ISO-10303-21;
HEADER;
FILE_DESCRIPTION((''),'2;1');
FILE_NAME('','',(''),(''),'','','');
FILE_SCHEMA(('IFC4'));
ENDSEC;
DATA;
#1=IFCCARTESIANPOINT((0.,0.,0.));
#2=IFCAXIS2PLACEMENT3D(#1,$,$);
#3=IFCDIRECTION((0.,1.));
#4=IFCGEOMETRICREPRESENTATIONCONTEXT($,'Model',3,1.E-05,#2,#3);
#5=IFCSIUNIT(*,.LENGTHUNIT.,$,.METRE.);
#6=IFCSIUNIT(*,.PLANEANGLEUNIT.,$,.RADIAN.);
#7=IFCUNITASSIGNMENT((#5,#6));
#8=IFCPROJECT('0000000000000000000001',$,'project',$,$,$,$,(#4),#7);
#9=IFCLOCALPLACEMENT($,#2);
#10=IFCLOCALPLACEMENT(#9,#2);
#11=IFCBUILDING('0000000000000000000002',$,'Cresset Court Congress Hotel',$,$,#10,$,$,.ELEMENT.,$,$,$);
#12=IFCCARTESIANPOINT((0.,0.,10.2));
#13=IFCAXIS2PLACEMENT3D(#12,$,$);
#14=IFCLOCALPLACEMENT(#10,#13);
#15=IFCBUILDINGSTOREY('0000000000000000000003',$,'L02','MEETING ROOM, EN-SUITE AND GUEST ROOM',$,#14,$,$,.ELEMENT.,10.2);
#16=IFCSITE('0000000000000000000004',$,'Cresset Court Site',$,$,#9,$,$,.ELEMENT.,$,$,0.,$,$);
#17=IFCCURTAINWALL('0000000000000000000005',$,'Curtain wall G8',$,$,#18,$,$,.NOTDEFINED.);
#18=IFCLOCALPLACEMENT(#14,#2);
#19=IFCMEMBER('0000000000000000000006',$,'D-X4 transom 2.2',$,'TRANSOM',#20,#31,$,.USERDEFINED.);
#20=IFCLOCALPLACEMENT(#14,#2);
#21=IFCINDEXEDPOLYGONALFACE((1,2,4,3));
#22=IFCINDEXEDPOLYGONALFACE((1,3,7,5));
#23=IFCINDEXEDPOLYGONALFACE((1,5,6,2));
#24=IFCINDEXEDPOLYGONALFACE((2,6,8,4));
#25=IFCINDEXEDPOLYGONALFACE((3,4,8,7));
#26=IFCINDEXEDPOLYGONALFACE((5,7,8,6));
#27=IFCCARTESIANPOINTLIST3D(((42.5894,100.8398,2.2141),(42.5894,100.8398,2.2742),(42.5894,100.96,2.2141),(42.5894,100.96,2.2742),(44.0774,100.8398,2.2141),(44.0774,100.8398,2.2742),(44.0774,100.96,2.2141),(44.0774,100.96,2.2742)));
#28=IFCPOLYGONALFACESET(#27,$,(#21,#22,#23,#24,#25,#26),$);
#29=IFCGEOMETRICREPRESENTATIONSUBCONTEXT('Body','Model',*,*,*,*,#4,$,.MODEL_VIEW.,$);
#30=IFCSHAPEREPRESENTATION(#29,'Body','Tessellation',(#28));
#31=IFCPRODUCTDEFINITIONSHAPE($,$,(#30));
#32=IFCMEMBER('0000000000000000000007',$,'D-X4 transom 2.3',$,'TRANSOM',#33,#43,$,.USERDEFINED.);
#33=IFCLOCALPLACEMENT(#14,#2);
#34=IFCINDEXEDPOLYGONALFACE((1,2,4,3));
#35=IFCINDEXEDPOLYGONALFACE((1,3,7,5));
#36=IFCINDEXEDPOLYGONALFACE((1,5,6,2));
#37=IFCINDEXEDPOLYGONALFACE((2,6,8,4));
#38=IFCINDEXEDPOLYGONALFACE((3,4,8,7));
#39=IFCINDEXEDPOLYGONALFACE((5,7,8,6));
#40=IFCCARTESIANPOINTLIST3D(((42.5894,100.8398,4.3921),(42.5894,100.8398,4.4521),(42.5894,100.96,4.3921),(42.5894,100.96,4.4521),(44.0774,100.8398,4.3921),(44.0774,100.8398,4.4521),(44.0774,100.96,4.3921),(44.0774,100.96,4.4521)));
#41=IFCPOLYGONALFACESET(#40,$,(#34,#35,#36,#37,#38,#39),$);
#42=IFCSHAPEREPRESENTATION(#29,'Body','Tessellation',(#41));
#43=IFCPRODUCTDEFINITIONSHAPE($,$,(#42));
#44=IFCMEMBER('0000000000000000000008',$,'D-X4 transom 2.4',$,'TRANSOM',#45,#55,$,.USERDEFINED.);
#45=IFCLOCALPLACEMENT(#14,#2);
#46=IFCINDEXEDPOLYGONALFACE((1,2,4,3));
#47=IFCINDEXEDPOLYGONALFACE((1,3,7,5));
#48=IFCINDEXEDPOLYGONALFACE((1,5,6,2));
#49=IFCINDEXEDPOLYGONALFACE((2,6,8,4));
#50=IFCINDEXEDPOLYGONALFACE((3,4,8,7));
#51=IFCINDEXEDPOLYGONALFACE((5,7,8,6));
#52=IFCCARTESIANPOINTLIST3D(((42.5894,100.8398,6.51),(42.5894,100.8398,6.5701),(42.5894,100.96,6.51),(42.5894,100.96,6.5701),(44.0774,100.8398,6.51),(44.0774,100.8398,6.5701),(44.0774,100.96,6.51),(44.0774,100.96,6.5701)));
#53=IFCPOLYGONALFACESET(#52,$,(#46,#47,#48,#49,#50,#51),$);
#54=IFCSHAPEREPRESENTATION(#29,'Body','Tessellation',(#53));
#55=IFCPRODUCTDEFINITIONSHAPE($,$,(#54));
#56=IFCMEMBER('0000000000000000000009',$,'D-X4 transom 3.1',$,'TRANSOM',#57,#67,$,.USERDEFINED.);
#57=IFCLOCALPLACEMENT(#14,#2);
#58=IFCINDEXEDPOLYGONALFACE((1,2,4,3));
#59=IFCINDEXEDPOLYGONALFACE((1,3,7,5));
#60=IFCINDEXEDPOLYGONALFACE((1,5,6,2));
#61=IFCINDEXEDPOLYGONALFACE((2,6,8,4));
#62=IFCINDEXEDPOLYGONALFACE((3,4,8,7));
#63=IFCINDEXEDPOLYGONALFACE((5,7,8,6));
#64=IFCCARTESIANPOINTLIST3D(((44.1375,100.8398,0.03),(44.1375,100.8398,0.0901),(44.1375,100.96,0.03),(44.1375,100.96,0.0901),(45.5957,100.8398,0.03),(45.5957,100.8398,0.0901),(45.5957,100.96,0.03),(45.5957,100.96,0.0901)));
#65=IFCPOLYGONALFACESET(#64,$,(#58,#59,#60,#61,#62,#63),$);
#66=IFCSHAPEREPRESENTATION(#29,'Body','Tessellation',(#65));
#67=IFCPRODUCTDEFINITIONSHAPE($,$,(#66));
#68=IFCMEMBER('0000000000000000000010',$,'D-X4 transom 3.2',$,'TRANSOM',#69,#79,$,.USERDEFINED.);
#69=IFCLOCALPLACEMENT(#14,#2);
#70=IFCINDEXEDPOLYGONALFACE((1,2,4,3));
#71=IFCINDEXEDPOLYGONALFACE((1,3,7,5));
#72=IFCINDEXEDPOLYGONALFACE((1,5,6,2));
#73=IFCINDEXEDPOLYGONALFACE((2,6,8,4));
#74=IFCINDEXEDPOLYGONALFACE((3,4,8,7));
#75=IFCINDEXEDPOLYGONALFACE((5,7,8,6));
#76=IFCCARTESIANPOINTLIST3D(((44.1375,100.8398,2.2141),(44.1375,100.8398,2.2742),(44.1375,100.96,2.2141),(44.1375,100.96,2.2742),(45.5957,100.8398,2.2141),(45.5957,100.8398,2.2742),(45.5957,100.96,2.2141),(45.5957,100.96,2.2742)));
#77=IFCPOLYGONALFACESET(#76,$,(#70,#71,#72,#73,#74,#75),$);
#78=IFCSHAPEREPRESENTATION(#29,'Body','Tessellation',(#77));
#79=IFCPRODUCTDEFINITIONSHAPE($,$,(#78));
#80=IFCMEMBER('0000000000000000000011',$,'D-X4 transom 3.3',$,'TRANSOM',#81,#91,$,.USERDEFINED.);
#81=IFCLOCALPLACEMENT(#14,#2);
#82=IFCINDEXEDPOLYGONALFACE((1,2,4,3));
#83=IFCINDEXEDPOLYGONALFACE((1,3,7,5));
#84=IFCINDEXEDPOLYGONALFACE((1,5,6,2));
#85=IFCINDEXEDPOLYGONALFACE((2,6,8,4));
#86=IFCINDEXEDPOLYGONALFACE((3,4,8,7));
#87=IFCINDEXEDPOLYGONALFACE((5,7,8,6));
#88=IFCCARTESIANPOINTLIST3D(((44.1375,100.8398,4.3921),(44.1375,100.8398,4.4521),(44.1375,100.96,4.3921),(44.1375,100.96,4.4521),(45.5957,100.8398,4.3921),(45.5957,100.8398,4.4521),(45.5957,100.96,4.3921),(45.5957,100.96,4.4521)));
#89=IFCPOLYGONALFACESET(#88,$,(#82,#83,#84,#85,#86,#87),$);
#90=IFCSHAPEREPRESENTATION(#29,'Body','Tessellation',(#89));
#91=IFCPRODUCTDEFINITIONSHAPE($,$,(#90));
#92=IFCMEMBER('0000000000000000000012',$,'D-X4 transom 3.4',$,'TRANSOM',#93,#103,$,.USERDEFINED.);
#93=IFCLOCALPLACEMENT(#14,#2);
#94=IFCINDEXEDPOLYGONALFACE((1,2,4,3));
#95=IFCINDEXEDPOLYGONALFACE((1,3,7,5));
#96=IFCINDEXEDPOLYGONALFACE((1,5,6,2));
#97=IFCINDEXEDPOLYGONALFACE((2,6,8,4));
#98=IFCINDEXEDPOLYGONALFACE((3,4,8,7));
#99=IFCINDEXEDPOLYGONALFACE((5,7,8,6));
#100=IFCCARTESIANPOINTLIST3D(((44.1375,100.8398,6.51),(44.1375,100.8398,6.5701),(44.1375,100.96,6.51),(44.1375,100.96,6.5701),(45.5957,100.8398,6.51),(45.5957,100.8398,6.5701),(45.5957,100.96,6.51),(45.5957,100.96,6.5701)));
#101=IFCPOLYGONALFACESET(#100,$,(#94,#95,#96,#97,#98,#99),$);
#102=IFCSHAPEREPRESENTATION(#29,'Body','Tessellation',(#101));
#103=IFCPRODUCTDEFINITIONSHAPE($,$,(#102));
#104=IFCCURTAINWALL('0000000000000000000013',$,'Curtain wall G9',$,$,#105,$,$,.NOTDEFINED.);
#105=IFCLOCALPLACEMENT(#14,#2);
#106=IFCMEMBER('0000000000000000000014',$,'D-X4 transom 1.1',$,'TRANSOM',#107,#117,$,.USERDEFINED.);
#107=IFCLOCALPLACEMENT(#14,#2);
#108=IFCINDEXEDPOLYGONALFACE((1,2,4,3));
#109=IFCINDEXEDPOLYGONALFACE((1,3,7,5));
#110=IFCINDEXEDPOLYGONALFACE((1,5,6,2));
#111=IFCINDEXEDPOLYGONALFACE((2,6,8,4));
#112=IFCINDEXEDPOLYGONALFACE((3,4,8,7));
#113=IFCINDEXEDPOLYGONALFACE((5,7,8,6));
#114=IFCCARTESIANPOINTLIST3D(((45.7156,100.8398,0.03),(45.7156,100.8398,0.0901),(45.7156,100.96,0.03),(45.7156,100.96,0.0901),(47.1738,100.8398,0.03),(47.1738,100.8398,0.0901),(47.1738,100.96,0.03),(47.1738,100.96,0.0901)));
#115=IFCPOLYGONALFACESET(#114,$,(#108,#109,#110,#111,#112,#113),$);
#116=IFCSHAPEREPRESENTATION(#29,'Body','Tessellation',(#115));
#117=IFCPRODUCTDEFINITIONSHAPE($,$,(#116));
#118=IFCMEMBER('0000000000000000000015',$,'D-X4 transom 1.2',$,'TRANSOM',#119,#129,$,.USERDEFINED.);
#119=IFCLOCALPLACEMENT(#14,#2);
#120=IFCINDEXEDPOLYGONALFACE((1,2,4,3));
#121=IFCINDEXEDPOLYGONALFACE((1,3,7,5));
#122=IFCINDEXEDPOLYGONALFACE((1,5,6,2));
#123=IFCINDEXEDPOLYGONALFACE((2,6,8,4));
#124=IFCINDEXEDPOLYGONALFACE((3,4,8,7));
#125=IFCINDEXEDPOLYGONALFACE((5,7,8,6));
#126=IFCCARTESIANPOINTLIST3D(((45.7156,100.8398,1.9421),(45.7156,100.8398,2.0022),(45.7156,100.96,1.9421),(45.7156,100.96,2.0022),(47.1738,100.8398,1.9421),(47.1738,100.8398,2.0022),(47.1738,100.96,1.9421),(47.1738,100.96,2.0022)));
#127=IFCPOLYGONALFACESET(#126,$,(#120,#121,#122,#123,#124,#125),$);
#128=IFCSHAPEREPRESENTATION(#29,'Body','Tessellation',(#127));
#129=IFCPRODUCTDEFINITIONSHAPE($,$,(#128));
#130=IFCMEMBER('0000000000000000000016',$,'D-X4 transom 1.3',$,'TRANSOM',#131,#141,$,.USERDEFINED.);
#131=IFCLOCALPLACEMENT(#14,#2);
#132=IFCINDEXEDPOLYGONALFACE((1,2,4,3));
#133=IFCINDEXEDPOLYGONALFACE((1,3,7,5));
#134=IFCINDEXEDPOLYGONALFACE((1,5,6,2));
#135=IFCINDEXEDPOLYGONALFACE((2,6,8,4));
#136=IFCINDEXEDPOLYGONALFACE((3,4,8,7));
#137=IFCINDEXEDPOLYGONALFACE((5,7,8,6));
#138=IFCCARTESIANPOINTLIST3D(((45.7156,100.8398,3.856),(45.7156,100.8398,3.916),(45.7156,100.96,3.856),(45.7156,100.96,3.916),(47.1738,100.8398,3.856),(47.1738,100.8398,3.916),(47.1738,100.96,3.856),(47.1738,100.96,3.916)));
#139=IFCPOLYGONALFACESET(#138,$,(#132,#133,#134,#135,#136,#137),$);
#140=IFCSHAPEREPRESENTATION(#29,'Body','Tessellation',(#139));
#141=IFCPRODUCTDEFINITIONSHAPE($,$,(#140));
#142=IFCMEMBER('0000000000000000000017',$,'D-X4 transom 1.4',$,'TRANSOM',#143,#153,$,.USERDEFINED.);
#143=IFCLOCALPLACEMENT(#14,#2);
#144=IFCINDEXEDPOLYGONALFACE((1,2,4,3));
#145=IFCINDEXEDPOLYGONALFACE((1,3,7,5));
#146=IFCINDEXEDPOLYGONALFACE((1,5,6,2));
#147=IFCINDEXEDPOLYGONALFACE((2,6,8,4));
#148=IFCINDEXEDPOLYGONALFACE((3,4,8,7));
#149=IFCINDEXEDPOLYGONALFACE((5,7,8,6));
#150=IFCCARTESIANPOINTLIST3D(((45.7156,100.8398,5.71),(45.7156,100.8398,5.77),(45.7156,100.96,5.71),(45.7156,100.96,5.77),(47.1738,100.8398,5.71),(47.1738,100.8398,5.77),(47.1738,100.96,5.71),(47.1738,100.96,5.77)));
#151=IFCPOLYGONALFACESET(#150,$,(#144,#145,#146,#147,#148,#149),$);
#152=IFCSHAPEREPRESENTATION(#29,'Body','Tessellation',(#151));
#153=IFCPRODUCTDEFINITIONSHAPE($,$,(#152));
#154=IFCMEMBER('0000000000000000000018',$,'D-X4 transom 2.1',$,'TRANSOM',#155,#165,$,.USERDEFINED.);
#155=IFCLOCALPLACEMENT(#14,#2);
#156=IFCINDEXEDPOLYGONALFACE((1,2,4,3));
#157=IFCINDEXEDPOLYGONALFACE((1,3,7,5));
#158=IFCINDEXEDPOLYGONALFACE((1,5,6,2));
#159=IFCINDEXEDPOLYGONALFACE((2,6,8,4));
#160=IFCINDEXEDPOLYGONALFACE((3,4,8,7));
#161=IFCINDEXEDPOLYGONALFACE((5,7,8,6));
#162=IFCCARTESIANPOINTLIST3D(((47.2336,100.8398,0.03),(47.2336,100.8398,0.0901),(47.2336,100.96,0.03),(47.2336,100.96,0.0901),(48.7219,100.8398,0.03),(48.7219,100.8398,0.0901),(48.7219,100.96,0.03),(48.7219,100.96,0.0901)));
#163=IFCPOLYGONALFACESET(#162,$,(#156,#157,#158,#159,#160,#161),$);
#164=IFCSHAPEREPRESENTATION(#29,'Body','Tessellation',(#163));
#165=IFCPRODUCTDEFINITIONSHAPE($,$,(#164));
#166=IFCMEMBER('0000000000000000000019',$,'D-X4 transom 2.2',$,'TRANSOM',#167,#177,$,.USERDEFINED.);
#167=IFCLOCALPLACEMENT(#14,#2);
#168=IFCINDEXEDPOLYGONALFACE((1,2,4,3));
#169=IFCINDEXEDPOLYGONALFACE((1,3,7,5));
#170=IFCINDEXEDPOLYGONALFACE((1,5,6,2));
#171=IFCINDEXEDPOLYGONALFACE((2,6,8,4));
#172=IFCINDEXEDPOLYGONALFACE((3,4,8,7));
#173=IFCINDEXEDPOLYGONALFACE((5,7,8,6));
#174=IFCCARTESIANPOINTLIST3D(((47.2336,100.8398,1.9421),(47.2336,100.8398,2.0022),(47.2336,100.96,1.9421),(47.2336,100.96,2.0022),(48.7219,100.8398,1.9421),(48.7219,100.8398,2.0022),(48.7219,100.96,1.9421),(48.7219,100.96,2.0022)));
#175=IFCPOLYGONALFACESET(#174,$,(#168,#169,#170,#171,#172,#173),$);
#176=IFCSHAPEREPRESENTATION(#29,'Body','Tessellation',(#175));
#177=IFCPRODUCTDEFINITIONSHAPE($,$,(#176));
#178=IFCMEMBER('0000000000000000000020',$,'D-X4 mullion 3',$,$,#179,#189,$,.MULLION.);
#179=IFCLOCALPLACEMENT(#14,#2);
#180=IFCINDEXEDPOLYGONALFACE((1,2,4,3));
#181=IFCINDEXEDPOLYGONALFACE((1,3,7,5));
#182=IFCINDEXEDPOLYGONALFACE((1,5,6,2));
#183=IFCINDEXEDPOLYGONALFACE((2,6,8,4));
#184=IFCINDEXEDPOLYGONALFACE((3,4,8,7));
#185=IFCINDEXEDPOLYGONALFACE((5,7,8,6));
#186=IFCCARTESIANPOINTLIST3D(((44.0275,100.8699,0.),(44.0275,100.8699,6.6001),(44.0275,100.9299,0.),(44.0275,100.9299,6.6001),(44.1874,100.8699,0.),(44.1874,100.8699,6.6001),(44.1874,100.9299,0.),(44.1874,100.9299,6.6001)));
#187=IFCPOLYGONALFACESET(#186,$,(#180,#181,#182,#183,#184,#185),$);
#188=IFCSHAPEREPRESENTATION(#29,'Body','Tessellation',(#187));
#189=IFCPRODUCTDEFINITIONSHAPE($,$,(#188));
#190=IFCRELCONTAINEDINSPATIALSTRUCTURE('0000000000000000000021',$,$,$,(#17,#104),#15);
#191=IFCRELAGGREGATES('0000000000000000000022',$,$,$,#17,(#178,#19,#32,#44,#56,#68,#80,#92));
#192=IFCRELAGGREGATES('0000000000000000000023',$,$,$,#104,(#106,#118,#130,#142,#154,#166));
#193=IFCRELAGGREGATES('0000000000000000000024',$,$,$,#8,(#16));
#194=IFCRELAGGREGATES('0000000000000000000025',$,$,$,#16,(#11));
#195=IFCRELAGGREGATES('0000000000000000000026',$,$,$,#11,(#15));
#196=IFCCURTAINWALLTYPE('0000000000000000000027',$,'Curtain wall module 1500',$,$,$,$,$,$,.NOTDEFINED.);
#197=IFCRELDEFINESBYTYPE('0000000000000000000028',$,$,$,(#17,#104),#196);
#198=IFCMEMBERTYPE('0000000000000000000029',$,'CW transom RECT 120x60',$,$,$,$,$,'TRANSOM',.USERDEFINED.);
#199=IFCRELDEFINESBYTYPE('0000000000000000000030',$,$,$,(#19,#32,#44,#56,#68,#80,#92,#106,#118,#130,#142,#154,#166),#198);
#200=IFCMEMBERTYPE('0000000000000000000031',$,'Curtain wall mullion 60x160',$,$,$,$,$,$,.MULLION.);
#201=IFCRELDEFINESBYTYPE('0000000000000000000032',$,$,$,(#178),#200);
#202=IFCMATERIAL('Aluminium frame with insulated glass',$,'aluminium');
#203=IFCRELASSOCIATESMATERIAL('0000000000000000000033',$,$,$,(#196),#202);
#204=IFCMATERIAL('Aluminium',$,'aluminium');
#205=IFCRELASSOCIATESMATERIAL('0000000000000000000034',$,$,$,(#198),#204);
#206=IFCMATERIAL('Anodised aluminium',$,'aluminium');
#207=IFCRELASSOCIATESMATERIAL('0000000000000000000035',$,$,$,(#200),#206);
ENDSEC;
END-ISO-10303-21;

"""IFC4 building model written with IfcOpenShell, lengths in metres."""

from ifc_helpers import new_model, si_unit, direction, frame, origin, origin_2d, place, context, subcontext, project, spatial, rectangle, extrude, material, material_profile, profile_set, type_object, element, aggregate, save


model = new_model("IFC4")

# Units and contexts
model_context = context("Model", 3, precision=1e-05, world=origin(), true_north=direction((0.0, 1.0)))
body_context = subcontext(model_context, "Body", "Model", "MODEL_VIEW")
ifc_project = project(units=[si_unit("LENGTHUNIT", "METRE"), si_unit("PLANEANGLEUNIT", "RADIAN")], contexts=[model_context])

# Site, building, storey
site_placement = place(None, origin())
site = spatial("IfcSite", under=ifc_project, at=site_placement, Name="Cresset Court Site", CompositionType="ELEMENT", RefElevation=0.0)
building_placement = place(site_placement, origin())
building = spatial("IfcBuilding", under=site, at=building_placement, Name="Cresset Court Congress Hotel", CompositionType="ELEMENT")
storey_placement = place(building_placement, frame((0.0, 0.0, 10.2)))
storey = spatial("IfcBuildingStorey", under=building, at=storey_placement, Name="L02", Description="MEETING ROOM, EN-SUITE AND GUEST ROOM", CompositionType="ELEMENT", Elevation=10.2)

# Curtain walls, members
ifc_material_1 = material(Name="Aluminium frame with insulated glass", Category="aluminium")
curtain_wall_type = type_object("IfcCurtainWallType", Name="Curtain wall module 1500", PredefinedType="NOTDEFINED", material=ifc_material_1)
curtain_wall_1_placement = place(storey_placement, origin())
curtain_wall_1 = element("IfcCurtainWall", 1, at=curtain_wall_1_placement, inside=storey, type_object=curtain_wall_type, Name="Curtain wall G8", PredefinedType="NOTDEFINED")
ifc_material_2 = material(Name="Aluminium", Category="aluminium")
ifc_material_profile_1 = material_profile(ifc_material_2, rectangle(XDim=0.1201, YDim=0.0601, at=origin_2d()), Name="AL 120x60")
ifc_profile_set_1 = profile_set([ifc_material_profile_1], Name="Aluminium")
member_type_1 = type_object("IfcMemberType", Name="CW transom RECT 120x60", ElementType="TRANSOM", PredefinedType="USERDEFINED", material=ifc_profile_set_1)
member_1_placement = place(storey_placement, frame((42.5894, 100.8999, 2.2441), z_axis=(1.0, 0.0, 0.0), x_axis=(0.0, 1.0, 0.0)))
member_1 = element("IfcMember", 2, at=member_1_placement, type_object=member_type_1, Name="D-X4 transom 2.2", ObjectType="TRANSOM", PredefinedType="USERDEFINED", context=body_context, shape_type="SweptSolid", body=[
    extrude(rectangle(XDim=0.1201, YDim=0.0601, at=origin_2d()), origin(), (0.0, 0.0, 1.0), 1.488),
])
member_2_placement = place(storey_placement, frame((42.5894, 100.8999, 4.4221), z_axis=(1.0, 0.0, 0.0), x_axis=(0.0, 1.0, 0.0)))
member_2 = element("IfcMember", 3, at=member_2_placement, type_object=member_type_1, Name="D-X4 transom 2.3", ObjectType="TRANSOM", PredefinedType="USERDEFINED", context=body_context, shape_type="SweptSolid", body=[
    extrude(rectangle(XDim=0.1201, YDim=0.0601, at=origin_2d()), origin(), (0.0, 0.0, 1.0), 1.488),
])
member_3_placement = place(storey_placement, frame((42.5894, 100.8999, 6.54), z_axis=(1.0, 0.0, 0.0), x_axis=(0.0, 1.0, 0.0)))
member_3 = element("IfcMember", 4, at=member_3_placement, type_object=member_type_1, Name="D-X4 transom 2.4", ObjectType="TRANSOM", PredefinedType="USERDEFINED", context=body_context, shape_type="SweptSolid", body=[
    extrude(rectangle(XDim=0.1201, YDim=0.0601, at=origin_2d()), origin(), (0.0, 0.0, 1.0), 1.488),
])
member_4_placement = place(storey_placement, frame((44.1375, 100.8999, 0.0601), z_axis=(1.0, 0.0, 0.0), x_axis=(0.0, 1.0, 0.0)))
member_4 = element("IfcMember", 5, at=member_4_placement, type_object=member_type_1, Name="D-X4 transom 3.1", ObjectType="TRANSOM", PredefinedType="USERDEFINED", context=body_context, shape_type="SweptSolid", body=[
    extrude(rectangle(XDim=0.1201, YDim=0.0601, at=origin_2d()), origin(), (0.0, 0.0, 1.0), 1.4583),
])
member_5_placement = place(storey_placement, frame((44.1375, 100.8999, 2.2441), z_axis=(1.0, 0.0, 0.0), x_axis=(0.0, 1.0, 0.0)))
member_5 = element("IfcMember", 6, at=member_5_placement, type_object=member_type_1, Name="D-X4 transom 3.2", ObjectType="TRANSOM", PredefinedType="USERDEFINED", context=body_context, shape_type="SweptSolid", body=[
    extrude(rectangle(XDim=0.1201, YDim=0.0601, at=origin_2d()), origin(), (0.0, 0.0, 1.0), 1.4583),
])
member_6_placement = place(storey_placement, frame((44.1375, 100.8999, 4.4221), z_axis=(1.0, 0.0, 0.0), x_axis=(0.0, 1.0, 0.0)))
member_6 = element("IfcMember", 7, at=member_6_placement, type_object=member_type_1, Name="D-X4 transom 3.3", ObjectType="TRANSOM", PredefinedType="USERDEFINED", context=body_context, shape_type="SweptSolid", body=[
    extrude(rectangle(XDim=0.1201, YDim=0.0601, at=origin_2d()), origin(), (0.0, 0.0, 1.0), 1.4583),
])
member_7_placement = place(storey_placement, frame((44.1375, 100.8999, 6.54), z_axis=(1.0, 0.0, 0.0), x_axis=(0.0, 1.0, 0.0)))
member_7 = element("IfcMember", 8, at=member_7_placement, type_object=member_type_1, Name="D-X4 transom 3.4", ObjectType="TRANSOM", PredefinedType="USERDEFINED", context=body_context, shape_type="SweptSolid", body=[
    extrude(rectangle(XDim=0.1201, YDim=0.0601, at=origin_2d()), origin(), (0.0, 0.0, 1.0), 1.4583),
])
curtain_wall_2_placement = place(storey_placement, origin())
curtain_wall_2 = element("IfcCurtainWall", 9, at=curtain_wall_2_placement, inside=storey, type_object=curtain_wall_type, Name="Curtain wall G9", PredefinedType="NOTDEFINED")
member_8_placement = place(storey_placement, frame((45.7156, 100.8999, 0.0601), z_axis=(1.0, 0.0, 0.0), x_axis=(0.0, 1.0, 0.0)))
member_8 = element("IfcMember", 10, at=member_8_placement, type_object=member_type_1, Name="D-X4 transom 1.1", ObjectType="TRANSOM", PredefinedType="USERDEFINED", context=body_context, shape_type="SweptSolid", body=[
    extrude(rectangle(XDim=0.1201, YDim=0.0601, at=origin_2d()), origin(), (0.0, 0.0, 1.0), 1.4583),
])
member_9_placement = place(storey_placement, frame((45.7156, 100.8999, 1.9722), z_axis=(1.0, 0.0, 0.0), x_axis=(0.0, 1.0, 0.0)))
member_9 = element("IfcMember", 11, at=member_9_placement, type_object=member_type_1, Name="D-X4 transom 1.2", ObjectType="TRANSOM", PredefinedType="USERDEFINED", context=body_context, shape_type="SweptSolid", body=[
    extrude(rectangle(XDim=0.1201, YDim=0.0601, at=origin_2d()), origin(), (0.0, 0.0, 1.0), 1.4583),
])
member_10_placement = place(storey_placement, frame((45.7156, 100.8999, 3.886), z_axis=(1.0, 0.0, 0.0), x_axis=(0.0, 1.0, 0.0)))
member_10 = element("IfcMember", 12, at=member_10_placement, type_object=member_type_1, Name="D-X4 transom 1.3", ObjectType="TRANSOM", PredefinedType="USERDEFINED", context=body_context, shape_type="SweptSolid", body=[
    extrude(rectangle(XDim=0.1201, YDim=0.0601, at=origin_2d()), origin(), (0.0, 0.0, 1.0), 1.4583),
])
member_11_placement = place(storey_placement, frame((45.7156, 100.8999, 5.74), z_axis=(1.0, 0.0, 0.0), x_axis=(0.0, 1.0, 0.0)))
member_11 = element("IfcMember", 13, at=member_11_placement, type_object=member_type_1, Name="D-X4 transom 1.4", ObjectType="TRANSOM", PredefinedType="USERDEFINED", context=body_context, shape_type="SweptSolid", body=[
    extrude(rectangle(XDim=0.1201, YDim=0.0601, at=origin_2d()), origin(), (0.0, 0.0, 1.0), 1.4583),
])
member_12_placement = place(storey_placement, frame((47.2336, 100.8999, 0.0601), z_axis=(1.0, 0.0, 0.0), x_axis=(0.0, 1.0, 0.0)))
member_12 = element("IfcMember", 14, at=member_12_placement, type_object=member_type_1, Name="D-X4 transom 2.1", ObjectType="TRANSOM", PredefinedType="USERDEFINED", context=body_context, shape_type="SweptSolid", body=[
    extrude(rectangle(XDim=0.1201, YDim=0.0601, at=origin_2d()), origin(), (0.0, 0.0, 1.0), 1.4883),
])
member_13_placement = place(storey_placement, frame((47.2336, 100.8999, 1.9722), z_axis=(1.0, 0.0, 0.0), x_axis=(0.0, 1.0, 0.0)))
member_13 = element("IfcMember", 15, at=member_13_placement, type_object=member_type_1, Name="D-X4 transom 2.2", ObjectType="TRANSOM", PredefinedType="USERDEFINED", context=body_context, shape_type="SweptSolid", body=[
    extrude(rectangle(XDim=0.1201, YDim=0.0601, at=origin_2d()), origin(), (0.0, 0.0, 1.0), 1.4883),
])

# Member
ifc_material_3 = material(Name="Anodised aluminium", Category="aluminium")
ifc_material_profile_2 = material_profile(ifc_material_3, rectangle(XDim=0.0601, YDim=0.1599, at=origin_2d()), Name="AL60x160")
ifc_profile_set_2 = profile_set([ifc_material_profile_2], Name="Anodised aluminium")
member_type_2 = type_object("IfcMemberType", Name="Curtain wall mullion 60x160", PredefinedType="MULLION", material=ifc_profile_set_2)
member_14_placement = place(storey_placement, frame((44.1074, 100.8999, 0.0), z_axis=(0.0, 0.0, 1.0), x_axis=(0.0, 1.0, 0.0)))
member_14 = element("IfcMember", 16, at=member_14_placement, type_object=member_type_2, Name="D-X4 mullion 3", PredefinedType="MULLION", context=body_context, shape_type="SweptSolid", body=[
    extrude(rectangle(XDim=0.0601, YDim=0.1599, at=origin_2d()), origin(), (0.0, 0.0, 1.0), 6.6001),
])

aggregate(curtain_wall_1, [member_14, member_1, member_2, member_3, member_4, member_5, member_6, member_7])
aggregate(curtain_wall_2, [member_8, member_9, member_10, member_11, member_12, member_13])

save(model, "model.ifc")
